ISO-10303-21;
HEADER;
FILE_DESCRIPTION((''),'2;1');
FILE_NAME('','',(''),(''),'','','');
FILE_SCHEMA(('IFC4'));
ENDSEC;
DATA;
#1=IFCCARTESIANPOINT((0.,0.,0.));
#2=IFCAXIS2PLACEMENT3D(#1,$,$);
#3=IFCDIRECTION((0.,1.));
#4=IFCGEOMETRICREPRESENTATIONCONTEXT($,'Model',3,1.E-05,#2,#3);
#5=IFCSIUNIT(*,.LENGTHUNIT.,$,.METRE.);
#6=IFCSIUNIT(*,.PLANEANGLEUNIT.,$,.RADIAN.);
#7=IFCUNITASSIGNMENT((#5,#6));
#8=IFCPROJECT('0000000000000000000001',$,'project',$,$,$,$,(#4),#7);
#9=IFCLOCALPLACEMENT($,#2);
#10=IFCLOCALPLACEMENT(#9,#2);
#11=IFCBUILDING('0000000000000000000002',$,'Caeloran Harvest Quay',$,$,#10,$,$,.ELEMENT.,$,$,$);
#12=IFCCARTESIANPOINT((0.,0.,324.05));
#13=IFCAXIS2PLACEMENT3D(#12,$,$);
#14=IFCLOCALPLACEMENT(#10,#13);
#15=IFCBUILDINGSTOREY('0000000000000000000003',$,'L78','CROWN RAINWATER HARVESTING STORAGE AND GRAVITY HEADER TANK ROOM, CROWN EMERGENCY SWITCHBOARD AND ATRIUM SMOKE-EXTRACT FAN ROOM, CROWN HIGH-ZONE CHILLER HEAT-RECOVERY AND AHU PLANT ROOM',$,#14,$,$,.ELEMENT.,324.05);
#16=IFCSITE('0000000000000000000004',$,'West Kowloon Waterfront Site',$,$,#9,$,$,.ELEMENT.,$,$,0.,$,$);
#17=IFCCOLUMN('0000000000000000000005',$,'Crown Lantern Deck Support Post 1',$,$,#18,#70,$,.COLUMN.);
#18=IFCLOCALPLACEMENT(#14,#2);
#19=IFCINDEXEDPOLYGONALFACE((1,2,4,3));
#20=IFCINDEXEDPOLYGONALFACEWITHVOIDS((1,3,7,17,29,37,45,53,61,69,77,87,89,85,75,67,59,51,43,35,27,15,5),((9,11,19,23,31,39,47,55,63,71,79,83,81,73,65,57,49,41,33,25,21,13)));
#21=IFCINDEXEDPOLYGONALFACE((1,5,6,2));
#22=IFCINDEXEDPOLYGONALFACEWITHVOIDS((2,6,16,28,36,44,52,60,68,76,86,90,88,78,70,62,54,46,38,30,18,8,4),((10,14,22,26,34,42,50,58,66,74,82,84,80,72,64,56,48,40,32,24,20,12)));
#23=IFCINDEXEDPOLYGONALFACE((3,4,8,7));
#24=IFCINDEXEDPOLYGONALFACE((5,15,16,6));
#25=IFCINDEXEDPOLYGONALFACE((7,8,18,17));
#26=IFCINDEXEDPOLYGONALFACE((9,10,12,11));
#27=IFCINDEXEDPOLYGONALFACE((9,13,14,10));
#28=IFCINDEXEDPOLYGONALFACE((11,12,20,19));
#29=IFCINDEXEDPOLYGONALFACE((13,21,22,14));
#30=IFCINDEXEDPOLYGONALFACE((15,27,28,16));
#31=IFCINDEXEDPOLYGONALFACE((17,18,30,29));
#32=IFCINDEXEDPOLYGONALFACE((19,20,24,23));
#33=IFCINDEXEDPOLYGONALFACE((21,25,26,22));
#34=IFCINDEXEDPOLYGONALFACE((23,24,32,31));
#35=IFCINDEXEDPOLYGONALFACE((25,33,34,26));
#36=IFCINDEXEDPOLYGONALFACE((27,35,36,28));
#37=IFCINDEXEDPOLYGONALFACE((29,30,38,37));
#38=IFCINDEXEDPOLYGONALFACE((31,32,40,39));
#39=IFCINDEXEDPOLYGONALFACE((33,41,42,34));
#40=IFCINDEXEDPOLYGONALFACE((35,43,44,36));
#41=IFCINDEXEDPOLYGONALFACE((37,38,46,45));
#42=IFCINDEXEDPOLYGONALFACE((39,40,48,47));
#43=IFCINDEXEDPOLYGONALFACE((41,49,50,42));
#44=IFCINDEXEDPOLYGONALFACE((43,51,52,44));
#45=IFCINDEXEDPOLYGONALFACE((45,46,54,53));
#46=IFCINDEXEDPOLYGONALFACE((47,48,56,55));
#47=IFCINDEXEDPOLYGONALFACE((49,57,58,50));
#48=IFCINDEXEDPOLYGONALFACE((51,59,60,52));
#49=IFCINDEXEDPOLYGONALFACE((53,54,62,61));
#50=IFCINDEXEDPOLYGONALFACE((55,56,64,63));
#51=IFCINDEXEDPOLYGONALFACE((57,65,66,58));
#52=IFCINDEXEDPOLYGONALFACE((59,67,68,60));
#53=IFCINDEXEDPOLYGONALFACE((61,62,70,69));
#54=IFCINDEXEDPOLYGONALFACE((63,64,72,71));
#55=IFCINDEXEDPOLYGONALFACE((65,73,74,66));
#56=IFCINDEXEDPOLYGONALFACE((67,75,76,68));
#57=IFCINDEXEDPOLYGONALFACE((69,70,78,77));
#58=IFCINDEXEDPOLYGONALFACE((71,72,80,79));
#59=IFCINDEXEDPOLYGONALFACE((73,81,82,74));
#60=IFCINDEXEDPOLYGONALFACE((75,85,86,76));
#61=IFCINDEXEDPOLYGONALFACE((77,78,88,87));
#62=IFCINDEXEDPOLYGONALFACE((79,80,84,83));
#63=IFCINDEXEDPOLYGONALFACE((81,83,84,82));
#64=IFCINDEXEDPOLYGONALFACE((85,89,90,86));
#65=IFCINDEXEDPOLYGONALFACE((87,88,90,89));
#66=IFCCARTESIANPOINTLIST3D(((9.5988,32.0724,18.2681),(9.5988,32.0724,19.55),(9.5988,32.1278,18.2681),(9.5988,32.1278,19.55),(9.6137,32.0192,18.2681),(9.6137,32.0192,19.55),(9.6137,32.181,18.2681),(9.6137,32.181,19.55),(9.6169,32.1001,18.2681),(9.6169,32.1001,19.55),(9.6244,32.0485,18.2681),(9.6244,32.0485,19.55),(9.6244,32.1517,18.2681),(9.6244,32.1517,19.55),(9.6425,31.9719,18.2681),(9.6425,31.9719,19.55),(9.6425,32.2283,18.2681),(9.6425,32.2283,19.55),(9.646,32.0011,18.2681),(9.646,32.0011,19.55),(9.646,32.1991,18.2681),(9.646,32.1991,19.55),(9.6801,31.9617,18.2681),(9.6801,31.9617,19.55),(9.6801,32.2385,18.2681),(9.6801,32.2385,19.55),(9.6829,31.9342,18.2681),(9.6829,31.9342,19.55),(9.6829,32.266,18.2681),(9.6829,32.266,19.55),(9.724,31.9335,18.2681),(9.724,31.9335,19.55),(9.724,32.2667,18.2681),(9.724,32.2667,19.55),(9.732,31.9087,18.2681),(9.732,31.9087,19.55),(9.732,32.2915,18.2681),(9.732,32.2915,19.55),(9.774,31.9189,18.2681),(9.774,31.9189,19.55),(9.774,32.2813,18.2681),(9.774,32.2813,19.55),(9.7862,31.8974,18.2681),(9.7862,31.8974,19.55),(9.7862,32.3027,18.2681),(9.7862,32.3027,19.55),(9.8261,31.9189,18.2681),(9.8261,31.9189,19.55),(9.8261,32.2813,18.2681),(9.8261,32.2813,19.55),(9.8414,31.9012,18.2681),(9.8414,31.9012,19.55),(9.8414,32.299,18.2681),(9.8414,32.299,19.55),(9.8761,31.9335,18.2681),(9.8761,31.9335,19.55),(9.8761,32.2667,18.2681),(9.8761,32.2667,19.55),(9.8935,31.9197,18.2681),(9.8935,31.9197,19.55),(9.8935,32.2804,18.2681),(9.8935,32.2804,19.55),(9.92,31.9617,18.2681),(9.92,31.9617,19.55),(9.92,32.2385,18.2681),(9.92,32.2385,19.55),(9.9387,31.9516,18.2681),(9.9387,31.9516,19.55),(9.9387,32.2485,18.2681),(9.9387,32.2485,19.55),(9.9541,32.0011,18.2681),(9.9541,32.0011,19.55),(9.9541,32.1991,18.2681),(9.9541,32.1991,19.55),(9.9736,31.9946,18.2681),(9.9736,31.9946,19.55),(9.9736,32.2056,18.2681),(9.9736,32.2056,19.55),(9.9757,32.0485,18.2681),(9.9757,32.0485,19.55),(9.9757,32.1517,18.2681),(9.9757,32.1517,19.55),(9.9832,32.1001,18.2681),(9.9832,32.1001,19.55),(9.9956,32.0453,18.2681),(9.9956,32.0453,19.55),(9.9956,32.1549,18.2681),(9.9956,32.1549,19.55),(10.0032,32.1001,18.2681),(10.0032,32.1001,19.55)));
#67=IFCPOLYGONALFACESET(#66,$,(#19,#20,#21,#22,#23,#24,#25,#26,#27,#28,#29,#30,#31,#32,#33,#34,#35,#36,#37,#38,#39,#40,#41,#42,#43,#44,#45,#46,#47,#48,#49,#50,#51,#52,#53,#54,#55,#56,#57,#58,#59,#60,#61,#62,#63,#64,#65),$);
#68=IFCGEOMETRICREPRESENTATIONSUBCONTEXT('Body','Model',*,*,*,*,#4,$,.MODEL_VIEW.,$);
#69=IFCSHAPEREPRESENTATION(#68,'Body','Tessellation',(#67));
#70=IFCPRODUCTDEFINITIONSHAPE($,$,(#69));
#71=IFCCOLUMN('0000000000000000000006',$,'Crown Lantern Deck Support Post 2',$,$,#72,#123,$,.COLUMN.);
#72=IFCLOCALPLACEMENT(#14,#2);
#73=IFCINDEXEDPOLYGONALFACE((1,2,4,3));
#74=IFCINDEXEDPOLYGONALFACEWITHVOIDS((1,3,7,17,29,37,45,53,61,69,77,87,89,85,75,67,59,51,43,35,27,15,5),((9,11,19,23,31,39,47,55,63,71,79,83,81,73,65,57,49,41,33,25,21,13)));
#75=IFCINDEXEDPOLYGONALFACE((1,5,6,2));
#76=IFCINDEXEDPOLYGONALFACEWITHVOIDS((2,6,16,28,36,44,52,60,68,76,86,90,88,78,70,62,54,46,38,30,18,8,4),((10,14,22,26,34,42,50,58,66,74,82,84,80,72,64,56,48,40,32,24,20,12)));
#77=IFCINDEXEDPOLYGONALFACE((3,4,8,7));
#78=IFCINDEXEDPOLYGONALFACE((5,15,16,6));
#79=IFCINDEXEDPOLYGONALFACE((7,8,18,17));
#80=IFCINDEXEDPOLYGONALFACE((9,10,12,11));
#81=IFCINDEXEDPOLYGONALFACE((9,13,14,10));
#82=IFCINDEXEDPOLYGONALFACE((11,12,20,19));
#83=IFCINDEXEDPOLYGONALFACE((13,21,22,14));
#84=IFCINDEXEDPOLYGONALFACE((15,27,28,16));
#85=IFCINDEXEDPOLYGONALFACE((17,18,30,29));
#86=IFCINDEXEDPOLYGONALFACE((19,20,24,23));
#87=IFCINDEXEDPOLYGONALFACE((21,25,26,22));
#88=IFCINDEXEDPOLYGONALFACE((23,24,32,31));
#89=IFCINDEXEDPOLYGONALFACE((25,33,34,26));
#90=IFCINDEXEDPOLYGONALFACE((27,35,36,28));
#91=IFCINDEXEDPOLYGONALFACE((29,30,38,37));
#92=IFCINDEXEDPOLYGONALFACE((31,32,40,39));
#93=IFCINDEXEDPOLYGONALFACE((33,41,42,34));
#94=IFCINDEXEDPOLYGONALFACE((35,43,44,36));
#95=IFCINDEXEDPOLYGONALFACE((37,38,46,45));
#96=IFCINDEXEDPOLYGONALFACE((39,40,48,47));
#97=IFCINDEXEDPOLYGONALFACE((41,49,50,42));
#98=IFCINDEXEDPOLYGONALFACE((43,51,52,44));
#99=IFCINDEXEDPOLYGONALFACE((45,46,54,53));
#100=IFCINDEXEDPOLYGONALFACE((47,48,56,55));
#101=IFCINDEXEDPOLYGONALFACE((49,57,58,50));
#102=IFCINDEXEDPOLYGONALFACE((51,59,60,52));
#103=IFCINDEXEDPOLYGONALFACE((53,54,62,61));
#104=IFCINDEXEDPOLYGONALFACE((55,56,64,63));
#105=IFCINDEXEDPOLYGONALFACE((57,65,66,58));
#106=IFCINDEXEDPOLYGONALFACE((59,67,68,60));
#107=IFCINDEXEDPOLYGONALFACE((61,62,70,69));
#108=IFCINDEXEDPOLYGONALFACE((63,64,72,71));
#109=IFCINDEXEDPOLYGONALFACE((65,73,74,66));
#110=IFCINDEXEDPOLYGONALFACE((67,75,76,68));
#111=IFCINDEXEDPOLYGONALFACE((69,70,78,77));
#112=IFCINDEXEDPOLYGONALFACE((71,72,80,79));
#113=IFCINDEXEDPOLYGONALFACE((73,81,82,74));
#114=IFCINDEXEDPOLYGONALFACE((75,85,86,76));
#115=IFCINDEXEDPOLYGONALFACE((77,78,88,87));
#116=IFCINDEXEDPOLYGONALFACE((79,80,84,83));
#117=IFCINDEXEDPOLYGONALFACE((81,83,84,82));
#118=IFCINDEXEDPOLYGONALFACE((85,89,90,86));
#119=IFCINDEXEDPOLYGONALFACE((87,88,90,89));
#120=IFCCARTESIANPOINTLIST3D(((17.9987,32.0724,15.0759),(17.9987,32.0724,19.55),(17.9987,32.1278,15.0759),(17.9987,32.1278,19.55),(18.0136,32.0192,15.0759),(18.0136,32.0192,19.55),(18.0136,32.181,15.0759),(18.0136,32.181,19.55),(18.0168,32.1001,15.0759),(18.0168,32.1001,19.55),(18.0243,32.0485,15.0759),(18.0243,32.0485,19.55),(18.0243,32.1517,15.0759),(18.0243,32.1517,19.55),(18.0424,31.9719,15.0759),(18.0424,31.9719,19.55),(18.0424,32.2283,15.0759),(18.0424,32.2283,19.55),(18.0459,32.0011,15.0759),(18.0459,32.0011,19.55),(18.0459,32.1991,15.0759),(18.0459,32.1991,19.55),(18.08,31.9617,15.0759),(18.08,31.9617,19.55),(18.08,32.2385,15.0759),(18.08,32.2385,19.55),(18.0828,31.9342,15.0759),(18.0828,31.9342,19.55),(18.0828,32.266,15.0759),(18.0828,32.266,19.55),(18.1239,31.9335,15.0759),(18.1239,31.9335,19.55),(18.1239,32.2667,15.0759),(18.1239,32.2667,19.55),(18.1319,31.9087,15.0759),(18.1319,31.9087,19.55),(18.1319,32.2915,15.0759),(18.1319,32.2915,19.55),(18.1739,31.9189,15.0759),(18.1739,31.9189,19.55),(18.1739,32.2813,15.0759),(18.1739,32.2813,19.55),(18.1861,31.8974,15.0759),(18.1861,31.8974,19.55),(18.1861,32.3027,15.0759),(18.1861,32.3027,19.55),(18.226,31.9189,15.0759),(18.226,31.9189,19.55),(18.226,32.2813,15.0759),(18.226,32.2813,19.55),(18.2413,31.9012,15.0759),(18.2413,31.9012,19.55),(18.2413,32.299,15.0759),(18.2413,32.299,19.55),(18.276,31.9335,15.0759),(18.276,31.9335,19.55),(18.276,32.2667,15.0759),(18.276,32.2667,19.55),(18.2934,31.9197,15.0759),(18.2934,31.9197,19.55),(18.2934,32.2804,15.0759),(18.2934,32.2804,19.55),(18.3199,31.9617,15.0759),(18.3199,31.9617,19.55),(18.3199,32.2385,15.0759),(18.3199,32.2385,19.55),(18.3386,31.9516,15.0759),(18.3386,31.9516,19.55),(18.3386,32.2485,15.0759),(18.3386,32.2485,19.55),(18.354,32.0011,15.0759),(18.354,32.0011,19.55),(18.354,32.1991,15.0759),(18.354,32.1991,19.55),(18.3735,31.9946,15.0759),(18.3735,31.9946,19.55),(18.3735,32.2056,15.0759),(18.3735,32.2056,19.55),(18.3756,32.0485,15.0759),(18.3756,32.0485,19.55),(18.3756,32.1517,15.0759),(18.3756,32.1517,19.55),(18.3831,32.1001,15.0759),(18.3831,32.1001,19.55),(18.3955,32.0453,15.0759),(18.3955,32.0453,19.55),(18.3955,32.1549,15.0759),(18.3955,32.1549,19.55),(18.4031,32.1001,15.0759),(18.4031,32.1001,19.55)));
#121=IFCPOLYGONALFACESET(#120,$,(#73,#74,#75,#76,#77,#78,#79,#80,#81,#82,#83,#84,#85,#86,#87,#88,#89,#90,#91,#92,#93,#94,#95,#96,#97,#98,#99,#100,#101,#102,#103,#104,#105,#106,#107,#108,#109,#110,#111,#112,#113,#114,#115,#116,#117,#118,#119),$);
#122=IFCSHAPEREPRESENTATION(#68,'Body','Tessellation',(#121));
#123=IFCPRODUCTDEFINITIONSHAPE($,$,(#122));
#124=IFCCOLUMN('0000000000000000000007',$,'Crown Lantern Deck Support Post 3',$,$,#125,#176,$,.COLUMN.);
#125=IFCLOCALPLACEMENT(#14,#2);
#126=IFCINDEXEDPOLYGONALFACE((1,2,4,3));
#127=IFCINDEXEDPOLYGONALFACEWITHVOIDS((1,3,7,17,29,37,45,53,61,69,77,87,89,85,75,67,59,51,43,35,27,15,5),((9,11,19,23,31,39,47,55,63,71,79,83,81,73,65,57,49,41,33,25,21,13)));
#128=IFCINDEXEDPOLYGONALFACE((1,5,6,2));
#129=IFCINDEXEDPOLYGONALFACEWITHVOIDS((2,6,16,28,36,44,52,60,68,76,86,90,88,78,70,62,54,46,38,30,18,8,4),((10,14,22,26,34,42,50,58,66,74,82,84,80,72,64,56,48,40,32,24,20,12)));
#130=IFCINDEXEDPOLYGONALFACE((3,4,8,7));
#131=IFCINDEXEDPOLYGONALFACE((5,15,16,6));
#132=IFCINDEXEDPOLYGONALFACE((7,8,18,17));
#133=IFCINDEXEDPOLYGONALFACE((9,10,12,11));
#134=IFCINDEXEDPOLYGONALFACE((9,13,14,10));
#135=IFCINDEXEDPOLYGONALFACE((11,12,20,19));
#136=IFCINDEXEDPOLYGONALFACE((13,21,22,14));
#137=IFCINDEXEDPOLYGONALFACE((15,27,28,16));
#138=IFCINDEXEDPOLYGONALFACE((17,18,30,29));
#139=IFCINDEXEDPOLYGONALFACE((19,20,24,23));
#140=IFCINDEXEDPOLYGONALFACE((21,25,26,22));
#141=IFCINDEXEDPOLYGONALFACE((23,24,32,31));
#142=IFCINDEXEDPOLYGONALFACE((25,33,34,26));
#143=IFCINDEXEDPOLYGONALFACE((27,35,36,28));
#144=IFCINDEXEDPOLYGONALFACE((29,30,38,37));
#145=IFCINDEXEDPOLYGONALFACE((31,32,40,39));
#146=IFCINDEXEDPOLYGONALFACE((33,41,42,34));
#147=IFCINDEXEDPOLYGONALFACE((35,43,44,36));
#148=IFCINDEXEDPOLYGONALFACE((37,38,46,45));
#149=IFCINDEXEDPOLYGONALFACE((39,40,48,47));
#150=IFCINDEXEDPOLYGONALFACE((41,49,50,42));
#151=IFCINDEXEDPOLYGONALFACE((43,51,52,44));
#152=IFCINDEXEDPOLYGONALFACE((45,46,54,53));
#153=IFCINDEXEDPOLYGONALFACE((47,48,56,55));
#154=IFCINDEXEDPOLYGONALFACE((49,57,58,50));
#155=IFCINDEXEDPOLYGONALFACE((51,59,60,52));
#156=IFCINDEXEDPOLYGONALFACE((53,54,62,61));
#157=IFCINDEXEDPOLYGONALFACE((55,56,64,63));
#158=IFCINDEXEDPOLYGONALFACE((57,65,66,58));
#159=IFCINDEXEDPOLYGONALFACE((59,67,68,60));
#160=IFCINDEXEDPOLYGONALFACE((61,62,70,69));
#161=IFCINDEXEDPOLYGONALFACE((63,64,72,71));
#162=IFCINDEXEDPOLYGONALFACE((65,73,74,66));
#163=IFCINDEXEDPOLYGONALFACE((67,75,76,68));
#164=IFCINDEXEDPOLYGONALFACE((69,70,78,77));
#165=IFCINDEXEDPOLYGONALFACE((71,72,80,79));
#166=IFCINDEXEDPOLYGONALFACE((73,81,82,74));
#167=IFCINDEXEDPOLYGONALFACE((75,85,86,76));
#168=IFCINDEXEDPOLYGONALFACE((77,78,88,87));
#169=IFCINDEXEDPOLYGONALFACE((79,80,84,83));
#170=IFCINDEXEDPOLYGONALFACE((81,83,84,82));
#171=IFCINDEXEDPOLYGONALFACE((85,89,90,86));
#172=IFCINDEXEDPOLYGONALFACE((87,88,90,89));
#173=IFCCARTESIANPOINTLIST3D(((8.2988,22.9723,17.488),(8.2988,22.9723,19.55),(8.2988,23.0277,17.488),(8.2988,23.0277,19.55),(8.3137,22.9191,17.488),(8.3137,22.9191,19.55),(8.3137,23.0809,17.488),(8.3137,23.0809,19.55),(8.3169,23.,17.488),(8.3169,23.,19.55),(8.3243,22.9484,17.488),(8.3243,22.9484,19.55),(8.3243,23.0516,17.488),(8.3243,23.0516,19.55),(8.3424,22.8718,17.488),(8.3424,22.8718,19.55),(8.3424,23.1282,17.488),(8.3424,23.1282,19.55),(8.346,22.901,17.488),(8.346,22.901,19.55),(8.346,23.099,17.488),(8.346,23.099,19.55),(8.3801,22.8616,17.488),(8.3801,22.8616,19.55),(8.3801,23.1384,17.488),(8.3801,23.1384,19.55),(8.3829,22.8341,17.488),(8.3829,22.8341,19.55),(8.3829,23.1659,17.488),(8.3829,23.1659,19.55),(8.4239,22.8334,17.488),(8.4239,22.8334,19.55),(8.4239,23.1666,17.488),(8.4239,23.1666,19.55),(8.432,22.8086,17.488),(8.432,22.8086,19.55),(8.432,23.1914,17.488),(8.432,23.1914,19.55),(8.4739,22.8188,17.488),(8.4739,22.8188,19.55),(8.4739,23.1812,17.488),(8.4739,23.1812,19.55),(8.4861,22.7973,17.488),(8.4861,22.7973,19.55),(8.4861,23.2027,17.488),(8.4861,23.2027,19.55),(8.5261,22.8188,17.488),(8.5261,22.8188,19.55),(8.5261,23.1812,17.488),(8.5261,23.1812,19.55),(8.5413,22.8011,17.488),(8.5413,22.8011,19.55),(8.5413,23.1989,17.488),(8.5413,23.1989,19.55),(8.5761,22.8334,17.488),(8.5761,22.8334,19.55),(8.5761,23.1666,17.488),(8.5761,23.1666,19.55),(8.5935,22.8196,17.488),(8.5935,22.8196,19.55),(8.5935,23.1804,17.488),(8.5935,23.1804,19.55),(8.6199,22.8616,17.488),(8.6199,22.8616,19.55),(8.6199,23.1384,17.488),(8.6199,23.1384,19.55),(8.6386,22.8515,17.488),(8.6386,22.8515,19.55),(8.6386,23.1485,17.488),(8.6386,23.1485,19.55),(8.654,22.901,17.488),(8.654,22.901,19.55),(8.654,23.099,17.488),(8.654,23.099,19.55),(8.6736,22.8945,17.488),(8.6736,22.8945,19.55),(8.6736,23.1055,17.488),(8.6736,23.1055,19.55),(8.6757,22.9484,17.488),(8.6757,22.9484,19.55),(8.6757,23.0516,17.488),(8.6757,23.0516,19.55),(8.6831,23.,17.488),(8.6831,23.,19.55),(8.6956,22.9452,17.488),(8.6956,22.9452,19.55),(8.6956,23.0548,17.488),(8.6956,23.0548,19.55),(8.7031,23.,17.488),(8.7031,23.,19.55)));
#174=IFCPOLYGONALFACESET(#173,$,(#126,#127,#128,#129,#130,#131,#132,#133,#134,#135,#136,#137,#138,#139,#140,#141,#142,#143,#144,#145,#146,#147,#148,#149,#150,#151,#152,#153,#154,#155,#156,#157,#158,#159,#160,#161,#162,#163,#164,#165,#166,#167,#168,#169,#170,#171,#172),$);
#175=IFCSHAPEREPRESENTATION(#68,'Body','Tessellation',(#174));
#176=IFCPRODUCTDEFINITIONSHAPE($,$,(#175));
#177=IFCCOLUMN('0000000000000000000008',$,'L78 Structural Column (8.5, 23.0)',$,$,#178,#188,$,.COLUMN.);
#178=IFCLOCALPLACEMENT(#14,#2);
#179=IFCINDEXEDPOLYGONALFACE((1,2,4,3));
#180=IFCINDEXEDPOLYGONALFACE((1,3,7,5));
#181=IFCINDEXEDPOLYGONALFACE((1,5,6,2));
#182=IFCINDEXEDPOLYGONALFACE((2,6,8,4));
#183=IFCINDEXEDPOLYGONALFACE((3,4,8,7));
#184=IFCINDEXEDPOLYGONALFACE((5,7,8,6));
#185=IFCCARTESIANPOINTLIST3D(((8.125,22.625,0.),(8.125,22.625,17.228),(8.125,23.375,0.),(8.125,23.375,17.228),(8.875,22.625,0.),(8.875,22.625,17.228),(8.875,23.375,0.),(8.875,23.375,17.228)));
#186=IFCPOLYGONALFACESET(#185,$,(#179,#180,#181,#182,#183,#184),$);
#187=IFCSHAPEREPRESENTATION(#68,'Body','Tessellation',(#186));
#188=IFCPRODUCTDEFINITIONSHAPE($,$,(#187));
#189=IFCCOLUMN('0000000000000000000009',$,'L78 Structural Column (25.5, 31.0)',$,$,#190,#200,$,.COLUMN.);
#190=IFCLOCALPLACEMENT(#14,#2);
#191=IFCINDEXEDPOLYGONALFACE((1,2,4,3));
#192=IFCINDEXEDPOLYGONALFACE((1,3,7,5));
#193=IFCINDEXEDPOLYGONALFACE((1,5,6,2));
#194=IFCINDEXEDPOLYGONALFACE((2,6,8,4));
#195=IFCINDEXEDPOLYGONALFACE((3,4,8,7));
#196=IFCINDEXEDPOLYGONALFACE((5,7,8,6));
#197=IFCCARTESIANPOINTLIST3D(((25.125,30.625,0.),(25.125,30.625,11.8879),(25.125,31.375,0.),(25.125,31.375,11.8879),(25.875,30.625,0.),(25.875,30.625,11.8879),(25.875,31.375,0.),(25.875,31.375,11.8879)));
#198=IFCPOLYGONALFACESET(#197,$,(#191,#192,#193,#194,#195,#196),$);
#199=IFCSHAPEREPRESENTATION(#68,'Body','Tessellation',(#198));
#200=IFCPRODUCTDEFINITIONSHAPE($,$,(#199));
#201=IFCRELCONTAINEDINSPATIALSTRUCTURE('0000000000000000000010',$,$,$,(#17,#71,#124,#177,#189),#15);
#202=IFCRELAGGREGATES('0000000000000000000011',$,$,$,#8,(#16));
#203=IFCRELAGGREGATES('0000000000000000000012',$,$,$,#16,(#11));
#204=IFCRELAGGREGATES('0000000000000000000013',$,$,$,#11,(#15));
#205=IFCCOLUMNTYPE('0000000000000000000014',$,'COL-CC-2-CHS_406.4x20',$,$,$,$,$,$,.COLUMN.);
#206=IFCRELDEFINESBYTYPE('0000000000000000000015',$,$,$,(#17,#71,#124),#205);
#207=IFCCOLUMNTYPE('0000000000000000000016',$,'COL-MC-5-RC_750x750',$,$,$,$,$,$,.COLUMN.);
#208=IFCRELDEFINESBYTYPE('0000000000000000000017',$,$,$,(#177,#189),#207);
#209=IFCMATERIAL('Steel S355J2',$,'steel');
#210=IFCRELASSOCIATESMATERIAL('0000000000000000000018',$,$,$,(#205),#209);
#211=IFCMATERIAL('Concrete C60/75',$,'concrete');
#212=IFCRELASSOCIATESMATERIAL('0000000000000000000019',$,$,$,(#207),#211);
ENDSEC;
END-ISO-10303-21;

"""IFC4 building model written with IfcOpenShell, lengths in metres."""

from ifc_helpers import new_model, si_unit, direction, frame, origin, origin_2d, place, context, subcontext, project, spatial, rectangle, hollow_circle, extrude, material, material_profile, profile_set, type_object, element, save


model = new_model("IFC4")

# Units and contexts
model_context = context("Model", 3, precision=1e-05, world=origin(), true_north=direction((0.0, 1.0)))
body_context = subcontext(model_context, "Body", "Model", "MODEL_VIEW")
ifc_project = project(units=[si_unit("LENGTHUNIT", "METRE"), si_unit("PLANEANGLEUNIT", "RADIAN")], contexts=[model_context])

# Site, building, storey
site_placement = place(None, origin())
site = spatial("IfcSite", under=ifc_project, at=site_placement, Name="West Kowloon Waterfront Site", CompositionType="ELEMENT", RefElevation=0.0)
building_placement = place(site_placement, origin())
building = spatial("IfcBuilding", under=site, at=building_placement, Name="Caeloran Harvest Quay", CompositionType="ELEMENT")
storey_placement = place(building_placement, frame((0.0, 0.0, 324.05)))
storey = spatial("IfcBuildingStorey", under=building, at=storey_placement, Name="L78", Description="CROWN RAINWATER HARVESTING STORAGE AND GRAVITY HEADER TANK ROOM, CROWN EMERGENCY SWITCHBOARD AND ATRIUM SMOKE-EXTRACT FAN ROOM, CROWN HIGH-ZONE CHILLER HEAT-RECOVERY AND AHU PLANT ROOM", CompositionType="ELEMENT", Elevation=324.05)

# Columns
ifc_material_1 = material(Name="Steel S355J2", Category="steel")
ifc_material_profile_1 = material_profile(ifc_material_1, hollow_circle(Radius=0.2031, WallThickness=0.02, at=origin_2d()), Name="CHS 406.4x20")
ifc_profile_set_1 = profile_set([ifc_material_profile_1], Name="Steel S355J2")
column_type_1 = type_object("IfcColumnType", Name="COL-CC-2-CHS_406.4x20", PredefinedType="COLUMN", material=ifc_profile_set_1)
column_1_placement = place(storey_placement, frame((9.8, 32.1001, 18.2681), z_axis=(0.0, 0.0, 1.0), x_axis=(1.0, 0.0, 0.0)))
element("IfcColumn", 1, at=column_1_placement, inside=storey, type_object=column_type_1, Name="Crown Lantern Deck Support Post 1", PredefinedType="COLUMN", context=body_context, shape_type="SweptSolid", body=[
    extrude(hollow_circle(Radius=0.2031, WallThickness=0.02, at=origin_2d()), origin(), (0.0, 0.0, 1.0), 1.282),
])
column_2_placement = place(storey_placement, frame((18.2, 32.1001, 15.0759), z_axis=(0.0, 0.0, 1.0), x_axis=(1.0, 0.0, 0.0)))
element("IfcColumn", 2, at=column_2_placement, inside=storey, type_object=column_type_1, Name="Crown Lantern Deck Support Post 2", PredefinedType="COLUMN", context=body_context, shape_type="SweptSolid", body=[
    extrude(hollow_circle(Radius=0.2031, WallThickness=0.02, at=origin_2d()), origin(), (0.0, 0.0, 1.0), 4.4741),
])
column_3_placement = place(storey_placement, frame((8.5, 23.0, 17.488), z_axis=(0.0, 0.0, 1.0), x_axis=(1.0, 0.0, 0.0)))
element("IfcColumn", 3, at=column_3_placement, inside=storey, type_object=column_type_1, Name="Crown Lantern Deck Support Post 3", PredefinedType="COLUMN", context=body_context, shape_type="SweptSolid", body=[
    extrude(hollow_circle(Radius=0.2031, WallThickness=0.02, at=origin_2d()), origin(), (0.0, 0.0, 1.0), 2.062),
])
ifc_material_2 = material(Name="Concrete C60/75", Category="concrete")
ifc_material_profile_2 = material_profile(ifc_material_2, rectangle(XDim=0.75, YDim=0.75, at=origin_2d()), Name="RC 750x750")
ifc_profile_set_2 = profile_set([ifc_material_profile_2], Name="Concrete C60/75")
column_type_2 = type_object("IfcColumnType", Name="COL-MC-5-RC_750x750", PredefinedType="COLUMN", material=ifc_profile_set_2)
column_4_placement = place(storey_placement, frame((8.5, 23.0, 0.0), z_axis=(0.0, 0.0, 1.0), x_axis=(1.0, 0.0, 0.0)))
element("IfcColumn", 4, at=column_4_placement, inside=storey, type_object=column_type_2, Name="L78 Structural Column (8.5, 23.0)", PredefinedType="COLUMN", context=body_context, shape_type="SweptSolid", body=[
    extrude(rectangle(XDim=0.75, YDim=0.75, at=origin_2d()), origin(), (0.0, 0.0, 1.0), 17.228),
])
column_5_placement = place(storey_placement, frame((25.5, 31.0, 0.0), z_axis=(0.0, 0.0, 1.0), x_axis=(1.0, 0.0, 0.0)))
element("IfcColumn", 5, at=column_5_placement, inside=storey, type_object=column_type_2, Name="L78 Structural Column (25.5, 31.0)", PredefinedType="COLUMN", context=body_context, shape_type="SweptSolid", body=[
    extrude(rectangle(XDim=0.75, YDim=0.75, at=origin_2d()), origin(), (0.0, 0.0, 1.0), 11.8879),
])

save(model, "model.ifc")
